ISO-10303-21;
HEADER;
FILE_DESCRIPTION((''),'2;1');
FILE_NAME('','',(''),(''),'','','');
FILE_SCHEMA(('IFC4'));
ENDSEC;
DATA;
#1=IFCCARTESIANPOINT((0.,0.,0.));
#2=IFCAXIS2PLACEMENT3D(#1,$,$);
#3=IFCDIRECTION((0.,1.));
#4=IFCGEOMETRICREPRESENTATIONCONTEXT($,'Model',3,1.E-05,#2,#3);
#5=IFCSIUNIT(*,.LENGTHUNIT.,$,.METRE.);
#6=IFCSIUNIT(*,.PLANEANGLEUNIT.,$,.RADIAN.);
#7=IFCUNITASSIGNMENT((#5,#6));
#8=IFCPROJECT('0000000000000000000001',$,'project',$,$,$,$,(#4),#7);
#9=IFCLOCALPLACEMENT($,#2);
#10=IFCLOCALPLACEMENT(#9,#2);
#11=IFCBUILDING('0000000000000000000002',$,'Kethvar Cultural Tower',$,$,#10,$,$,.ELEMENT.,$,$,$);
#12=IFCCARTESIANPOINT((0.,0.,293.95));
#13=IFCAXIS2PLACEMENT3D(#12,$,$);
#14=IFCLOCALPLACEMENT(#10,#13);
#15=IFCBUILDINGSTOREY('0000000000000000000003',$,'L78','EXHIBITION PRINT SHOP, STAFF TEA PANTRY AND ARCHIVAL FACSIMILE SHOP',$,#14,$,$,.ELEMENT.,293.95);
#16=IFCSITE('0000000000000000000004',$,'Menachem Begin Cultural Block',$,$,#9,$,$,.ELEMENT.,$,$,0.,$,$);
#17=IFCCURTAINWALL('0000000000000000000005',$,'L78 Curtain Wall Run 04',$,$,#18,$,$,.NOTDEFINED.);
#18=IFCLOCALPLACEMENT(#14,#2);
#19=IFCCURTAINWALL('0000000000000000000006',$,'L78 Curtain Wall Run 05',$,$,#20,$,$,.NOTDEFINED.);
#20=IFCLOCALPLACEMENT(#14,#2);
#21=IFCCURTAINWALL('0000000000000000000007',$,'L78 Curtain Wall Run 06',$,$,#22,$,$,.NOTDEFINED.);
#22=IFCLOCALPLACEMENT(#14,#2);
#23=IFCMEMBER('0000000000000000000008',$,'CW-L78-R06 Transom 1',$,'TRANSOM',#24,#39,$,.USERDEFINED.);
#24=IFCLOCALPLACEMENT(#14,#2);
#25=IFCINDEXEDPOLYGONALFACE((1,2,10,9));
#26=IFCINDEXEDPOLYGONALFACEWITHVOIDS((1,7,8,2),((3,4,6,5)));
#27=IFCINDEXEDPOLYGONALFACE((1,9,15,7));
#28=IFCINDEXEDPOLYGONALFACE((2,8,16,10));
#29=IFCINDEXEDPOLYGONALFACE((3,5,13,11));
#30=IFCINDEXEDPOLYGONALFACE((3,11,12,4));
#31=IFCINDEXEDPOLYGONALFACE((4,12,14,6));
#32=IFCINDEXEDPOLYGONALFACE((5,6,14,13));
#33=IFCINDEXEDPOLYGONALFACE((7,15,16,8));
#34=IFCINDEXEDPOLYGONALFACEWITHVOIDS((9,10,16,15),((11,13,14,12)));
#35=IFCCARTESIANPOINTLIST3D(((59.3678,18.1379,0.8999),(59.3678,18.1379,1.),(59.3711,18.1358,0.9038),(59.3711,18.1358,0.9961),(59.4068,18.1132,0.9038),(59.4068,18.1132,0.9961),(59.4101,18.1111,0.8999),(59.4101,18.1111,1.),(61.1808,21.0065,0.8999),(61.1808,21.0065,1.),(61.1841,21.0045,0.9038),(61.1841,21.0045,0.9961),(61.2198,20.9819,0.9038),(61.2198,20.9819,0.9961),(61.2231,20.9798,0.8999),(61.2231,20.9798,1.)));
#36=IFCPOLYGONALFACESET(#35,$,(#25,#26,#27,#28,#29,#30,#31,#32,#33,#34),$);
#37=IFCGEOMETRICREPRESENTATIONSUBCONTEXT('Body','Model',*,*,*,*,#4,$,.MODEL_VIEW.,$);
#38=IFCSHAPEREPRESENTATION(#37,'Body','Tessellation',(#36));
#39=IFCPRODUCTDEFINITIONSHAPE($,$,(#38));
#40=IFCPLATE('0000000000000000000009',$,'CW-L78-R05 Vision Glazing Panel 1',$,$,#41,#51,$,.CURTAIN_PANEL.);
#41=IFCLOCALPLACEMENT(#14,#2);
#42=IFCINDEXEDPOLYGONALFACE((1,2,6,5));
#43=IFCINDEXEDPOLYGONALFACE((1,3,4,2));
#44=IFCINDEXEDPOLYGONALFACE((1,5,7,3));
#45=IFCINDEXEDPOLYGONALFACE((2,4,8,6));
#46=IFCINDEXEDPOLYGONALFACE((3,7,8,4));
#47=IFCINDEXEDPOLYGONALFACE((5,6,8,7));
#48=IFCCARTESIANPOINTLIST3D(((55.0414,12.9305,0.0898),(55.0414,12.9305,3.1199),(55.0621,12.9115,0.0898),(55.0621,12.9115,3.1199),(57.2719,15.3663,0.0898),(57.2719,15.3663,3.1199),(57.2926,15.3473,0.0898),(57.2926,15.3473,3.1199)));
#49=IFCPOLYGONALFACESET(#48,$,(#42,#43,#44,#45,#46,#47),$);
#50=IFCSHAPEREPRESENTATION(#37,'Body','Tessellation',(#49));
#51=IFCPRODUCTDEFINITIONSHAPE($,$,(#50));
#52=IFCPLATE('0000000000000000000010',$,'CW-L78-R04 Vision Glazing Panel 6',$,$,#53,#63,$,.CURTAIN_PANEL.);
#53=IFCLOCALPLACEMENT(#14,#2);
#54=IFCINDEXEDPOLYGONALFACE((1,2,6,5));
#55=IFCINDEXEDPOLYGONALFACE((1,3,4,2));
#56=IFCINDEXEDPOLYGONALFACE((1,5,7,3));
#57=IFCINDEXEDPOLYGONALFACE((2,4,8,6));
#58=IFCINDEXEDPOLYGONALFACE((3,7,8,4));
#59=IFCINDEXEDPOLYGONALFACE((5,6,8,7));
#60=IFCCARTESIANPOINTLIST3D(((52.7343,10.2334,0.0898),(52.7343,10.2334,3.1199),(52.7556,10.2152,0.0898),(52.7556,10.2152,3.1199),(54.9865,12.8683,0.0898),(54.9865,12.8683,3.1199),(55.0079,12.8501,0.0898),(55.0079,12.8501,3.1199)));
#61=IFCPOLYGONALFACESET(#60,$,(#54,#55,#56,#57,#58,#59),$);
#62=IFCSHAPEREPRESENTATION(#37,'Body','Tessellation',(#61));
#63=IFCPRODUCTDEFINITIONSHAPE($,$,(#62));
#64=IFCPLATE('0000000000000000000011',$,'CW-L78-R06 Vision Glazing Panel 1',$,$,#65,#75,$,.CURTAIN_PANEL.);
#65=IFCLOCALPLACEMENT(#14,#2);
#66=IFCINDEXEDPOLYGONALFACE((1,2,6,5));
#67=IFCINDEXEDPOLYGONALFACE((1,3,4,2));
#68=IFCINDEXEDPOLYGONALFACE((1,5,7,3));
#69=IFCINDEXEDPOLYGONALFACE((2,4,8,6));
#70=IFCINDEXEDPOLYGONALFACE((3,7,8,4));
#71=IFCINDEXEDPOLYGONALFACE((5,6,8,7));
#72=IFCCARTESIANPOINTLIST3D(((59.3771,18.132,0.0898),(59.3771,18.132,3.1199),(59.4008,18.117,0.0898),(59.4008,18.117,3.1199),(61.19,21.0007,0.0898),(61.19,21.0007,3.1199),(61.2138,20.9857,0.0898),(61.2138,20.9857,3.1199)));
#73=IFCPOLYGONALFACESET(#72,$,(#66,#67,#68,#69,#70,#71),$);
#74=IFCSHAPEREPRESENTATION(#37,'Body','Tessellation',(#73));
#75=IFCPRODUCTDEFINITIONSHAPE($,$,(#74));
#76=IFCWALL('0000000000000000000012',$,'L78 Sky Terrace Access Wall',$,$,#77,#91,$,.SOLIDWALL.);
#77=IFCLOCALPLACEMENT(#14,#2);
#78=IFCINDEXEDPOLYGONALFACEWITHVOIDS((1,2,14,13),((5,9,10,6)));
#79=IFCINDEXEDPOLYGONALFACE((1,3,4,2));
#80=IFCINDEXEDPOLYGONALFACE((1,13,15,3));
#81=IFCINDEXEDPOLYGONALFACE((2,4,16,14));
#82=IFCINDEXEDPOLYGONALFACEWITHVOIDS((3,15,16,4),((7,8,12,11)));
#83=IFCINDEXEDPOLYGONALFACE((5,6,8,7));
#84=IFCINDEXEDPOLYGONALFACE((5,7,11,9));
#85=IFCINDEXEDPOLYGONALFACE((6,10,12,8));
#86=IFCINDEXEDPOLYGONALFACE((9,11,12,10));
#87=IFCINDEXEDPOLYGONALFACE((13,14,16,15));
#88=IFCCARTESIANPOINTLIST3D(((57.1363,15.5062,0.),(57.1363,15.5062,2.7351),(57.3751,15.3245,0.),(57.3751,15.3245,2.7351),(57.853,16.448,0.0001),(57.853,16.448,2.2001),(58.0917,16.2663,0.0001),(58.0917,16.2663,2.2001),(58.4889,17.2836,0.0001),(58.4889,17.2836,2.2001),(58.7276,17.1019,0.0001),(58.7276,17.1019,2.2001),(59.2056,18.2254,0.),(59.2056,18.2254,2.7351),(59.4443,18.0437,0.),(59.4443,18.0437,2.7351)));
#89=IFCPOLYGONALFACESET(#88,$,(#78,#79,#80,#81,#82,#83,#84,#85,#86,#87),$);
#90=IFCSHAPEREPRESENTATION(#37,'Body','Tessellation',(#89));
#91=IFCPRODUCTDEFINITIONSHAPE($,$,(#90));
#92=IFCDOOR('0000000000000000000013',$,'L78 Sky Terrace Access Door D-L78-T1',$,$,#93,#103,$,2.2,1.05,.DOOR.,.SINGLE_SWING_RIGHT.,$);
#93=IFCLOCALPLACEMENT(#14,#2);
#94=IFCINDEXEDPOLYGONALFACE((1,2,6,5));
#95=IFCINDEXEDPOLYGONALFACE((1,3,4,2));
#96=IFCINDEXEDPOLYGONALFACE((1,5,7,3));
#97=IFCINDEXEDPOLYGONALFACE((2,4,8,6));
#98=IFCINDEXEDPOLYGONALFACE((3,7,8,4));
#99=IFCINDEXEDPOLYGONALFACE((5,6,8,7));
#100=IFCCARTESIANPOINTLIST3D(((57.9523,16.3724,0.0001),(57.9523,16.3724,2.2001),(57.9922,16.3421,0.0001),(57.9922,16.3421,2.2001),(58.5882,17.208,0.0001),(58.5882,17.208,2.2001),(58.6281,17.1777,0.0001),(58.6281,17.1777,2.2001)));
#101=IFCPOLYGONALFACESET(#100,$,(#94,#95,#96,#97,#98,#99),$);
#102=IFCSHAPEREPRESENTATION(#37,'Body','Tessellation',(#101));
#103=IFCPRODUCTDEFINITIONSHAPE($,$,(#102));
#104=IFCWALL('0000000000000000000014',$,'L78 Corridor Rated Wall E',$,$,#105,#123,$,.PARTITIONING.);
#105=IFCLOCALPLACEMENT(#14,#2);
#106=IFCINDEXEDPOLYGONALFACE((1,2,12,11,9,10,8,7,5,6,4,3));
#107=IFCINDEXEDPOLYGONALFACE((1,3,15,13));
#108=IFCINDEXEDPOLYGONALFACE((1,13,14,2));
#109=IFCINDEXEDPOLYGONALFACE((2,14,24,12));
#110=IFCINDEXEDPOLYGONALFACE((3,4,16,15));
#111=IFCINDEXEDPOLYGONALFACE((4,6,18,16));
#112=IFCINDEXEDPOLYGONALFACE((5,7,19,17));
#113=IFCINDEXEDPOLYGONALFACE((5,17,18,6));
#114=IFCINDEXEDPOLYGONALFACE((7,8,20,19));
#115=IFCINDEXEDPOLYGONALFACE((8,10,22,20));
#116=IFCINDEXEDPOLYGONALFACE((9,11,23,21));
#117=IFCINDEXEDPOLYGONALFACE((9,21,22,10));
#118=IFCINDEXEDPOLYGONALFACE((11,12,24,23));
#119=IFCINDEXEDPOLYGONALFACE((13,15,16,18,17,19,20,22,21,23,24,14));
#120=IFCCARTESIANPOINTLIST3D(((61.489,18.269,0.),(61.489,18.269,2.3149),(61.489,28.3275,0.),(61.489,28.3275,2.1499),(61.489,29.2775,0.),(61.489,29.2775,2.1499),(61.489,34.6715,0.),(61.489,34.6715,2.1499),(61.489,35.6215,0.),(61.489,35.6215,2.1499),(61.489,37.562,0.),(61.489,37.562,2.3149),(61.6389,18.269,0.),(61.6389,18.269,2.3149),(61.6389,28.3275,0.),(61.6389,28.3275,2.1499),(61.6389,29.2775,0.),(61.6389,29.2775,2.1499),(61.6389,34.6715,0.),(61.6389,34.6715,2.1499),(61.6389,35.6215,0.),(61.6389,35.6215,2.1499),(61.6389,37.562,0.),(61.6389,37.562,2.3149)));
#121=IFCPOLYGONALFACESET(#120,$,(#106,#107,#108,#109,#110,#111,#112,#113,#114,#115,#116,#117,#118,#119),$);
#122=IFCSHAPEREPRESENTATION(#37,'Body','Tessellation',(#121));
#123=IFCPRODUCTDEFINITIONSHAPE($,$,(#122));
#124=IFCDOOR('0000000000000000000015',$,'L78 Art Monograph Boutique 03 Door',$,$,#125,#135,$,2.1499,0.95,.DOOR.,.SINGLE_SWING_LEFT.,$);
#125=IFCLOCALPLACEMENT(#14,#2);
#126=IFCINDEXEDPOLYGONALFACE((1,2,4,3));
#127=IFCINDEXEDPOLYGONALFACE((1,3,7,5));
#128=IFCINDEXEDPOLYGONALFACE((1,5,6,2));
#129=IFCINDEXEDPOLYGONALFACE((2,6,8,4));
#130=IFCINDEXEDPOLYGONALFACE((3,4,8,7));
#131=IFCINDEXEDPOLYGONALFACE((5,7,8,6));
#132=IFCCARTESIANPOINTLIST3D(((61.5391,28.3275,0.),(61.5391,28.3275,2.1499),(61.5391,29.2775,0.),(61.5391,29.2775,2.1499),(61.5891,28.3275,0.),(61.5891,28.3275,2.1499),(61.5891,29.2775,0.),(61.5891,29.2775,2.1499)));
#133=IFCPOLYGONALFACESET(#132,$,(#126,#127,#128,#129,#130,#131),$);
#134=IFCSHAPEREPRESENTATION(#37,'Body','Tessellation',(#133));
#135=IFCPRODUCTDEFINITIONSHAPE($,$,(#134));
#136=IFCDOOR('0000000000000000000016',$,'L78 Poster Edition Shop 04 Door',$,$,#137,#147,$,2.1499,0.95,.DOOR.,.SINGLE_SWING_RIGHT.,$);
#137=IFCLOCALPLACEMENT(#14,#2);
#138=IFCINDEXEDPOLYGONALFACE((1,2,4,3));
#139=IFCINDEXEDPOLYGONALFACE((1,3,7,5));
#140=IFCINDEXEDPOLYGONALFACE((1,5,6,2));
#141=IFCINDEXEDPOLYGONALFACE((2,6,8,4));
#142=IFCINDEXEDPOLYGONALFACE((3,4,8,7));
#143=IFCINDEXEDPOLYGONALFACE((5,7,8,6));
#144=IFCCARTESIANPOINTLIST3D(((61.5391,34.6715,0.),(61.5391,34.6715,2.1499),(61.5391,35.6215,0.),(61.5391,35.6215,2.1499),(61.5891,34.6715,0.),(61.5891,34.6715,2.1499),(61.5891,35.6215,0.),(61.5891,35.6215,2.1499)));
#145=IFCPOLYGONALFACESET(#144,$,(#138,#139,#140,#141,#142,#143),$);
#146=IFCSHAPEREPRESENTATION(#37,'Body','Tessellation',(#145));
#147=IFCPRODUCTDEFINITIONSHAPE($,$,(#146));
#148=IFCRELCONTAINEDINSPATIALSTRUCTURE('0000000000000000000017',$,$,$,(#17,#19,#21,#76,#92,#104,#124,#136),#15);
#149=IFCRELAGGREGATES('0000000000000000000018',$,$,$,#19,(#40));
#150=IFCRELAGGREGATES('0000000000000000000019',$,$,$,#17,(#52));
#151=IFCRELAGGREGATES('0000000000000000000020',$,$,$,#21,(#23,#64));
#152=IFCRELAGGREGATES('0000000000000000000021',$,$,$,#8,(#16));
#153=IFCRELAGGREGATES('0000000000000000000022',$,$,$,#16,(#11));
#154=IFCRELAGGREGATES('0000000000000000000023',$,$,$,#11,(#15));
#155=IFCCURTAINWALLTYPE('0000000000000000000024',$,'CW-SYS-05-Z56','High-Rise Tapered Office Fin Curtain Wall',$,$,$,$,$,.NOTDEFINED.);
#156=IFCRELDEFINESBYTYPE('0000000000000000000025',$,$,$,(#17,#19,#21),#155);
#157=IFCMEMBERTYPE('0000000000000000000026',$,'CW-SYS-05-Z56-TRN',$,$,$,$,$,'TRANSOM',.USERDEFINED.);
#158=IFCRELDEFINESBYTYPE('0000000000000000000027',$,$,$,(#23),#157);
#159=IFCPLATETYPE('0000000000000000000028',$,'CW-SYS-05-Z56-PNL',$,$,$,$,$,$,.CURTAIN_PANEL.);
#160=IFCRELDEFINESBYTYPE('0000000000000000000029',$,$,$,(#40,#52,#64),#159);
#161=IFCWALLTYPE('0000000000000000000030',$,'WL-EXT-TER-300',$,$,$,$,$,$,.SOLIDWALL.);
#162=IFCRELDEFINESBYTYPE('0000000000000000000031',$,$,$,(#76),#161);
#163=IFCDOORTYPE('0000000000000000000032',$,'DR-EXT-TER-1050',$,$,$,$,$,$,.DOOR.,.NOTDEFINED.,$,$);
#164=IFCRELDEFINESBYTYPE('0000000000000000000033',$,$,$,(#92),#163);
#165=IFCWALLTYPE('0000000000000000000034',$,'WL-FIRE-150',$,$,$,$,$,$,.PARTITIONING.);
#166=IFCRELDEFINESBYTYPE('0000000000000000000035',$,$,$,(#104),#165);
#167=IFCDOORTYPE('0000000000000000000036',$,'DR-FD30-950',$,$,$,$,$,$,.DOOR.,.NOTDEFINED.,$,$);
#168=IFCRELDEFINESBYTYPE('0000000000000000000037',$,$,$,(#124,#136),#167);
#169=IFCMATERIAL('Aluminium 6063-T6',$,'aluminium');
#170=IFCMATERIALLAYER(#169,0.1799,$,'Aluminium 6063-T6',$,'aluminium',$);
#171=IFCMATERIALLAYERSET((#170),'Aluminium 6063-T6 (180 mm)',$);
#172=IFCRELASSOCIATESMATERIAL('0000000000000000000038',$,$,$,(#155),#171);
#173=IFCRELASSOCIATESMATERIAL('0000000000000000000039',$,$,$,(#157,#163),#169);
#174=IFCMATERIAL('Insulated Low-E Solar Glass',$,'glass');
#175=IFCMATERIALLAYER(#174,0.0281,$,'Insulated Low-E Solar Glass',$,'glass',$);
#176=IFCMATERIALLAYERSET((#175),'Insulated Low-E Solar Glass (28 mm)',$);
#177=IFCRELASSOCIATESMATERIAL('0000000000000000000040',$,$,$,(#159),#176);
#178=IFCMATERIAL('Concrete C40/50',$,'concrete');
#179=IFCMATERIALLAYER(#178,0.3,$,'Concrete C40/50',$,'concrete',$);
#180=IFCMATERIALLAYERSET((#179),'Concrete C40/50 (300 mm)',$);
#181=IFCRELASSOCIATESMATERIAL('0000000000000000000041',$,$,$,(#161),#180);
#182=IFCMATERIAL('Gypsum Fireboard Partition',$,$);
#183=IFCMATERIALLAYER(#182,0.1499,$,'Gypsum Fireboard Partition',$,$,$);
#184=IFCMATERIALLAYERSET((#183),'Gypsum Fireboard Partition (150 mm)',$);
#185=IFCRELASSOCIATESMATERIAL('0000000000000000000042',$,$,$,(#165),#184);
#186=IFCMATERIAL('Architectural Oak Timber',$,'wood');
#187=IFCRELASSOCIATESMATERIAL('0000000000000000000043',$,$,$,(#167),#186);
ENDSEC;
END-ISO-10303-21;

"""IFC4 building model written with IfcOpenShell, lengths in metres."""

from ifc_helpers import new_model, si_unit, direction, frame, frame_2d, origin, origin_2d, place, context, subcontext, project, spatial, rectangle, hollow_rectangle, extrude, source, transform, mapped, material, layer, layer_set, material_profile, profile_set, type_object, element, fill, aggregate, save


model = new_model("IFC4")

# Units and contexts
model_context = context("Model", 3, precision=1e-05, world=origin(), true_north=direction((0.0, 1.0)))
body_context = subcontext(model_context, "Body", "Model", "MODEL_VIEW")
ifc_project = project(units=[si_unit("LENGTHUNIT", "METRE"), si_unit("PLANEANGLEUNIT", "RADIAN")], contexts=[model_context])

# Site, building, storey
site_placement = place(None, origin())
site = spatial("IfcSite", under=ifc_project, at=site_placement, Name="Menachem Begin Cultural Block", CompositionType="ELEMENT", RefElevation=0.0)
building_placement = place(site_placement, origin())
building = spatial("IfcBuilding", under=site, at=building_placement, Name="Kethvar Cultural Tower", CompositionType="ELEMENT")
storey_placement = place(building_placement, frame((0.0, 0.0, 293.95)))
storey = spatial("IfcBuildingStorey", under=building, at=storey_placement, Name="L78", Description="EXHIBITION PRINT SHOP, STAFF TEA PANTRY AND ARCHIVAL FACSIMILE SHOP", CompositionType="ELEMENT", Elevation=293.95)

# Curtain wall
ifc_material_1 = material(Name="Aluminium 6063-T6", Category="aluminium")
ifc_layer_1 = layer(ifc_material_1, 0.1799, Name="Aluminium 6063-T6", Category="aluminium")
ifc_layer_set_1 = layer_set([ifc_layer_1], Name="Aluminium 6063-T6 (180 mm)")
curtain_wall_type = type_object("IfcCurtainWallType", Name="CW-SYS-05-Z56", Description="High-Rise Tapered Office Fin Curtain Wall", PredefinedType="NOTDEFINED", material=ifc_layer_set_1)
curtain_wall_1_placement = place(storey_placement, origin())
curtain_wall_1 = element("IfcCurtainWall", 1, at=curtain_wall_1_placement, inside=storey, type_object=curtain_wall_type, Name="L78 Curtain Wall Run 04", PredefinedType="NOTDEFINED")

# Curtain wall
curtain_wall_2_placement = place(storey_placement, origin())
curtain_wall_2 = element("IfcCurtainWall", 2, at=curtain_wall_2_placement, inside=storey, type_object=curtain_wall_type, Name="L78 Curtain Wall Run 05", PredefinedType="NOTDEFINED")

# Curtain wall
curtain_wall_3_placement = place(storey_placement, origin())
curtain_wall_3 = element("IfcCurtainWall", 3, at=curtain_wall_3_placement, inside=storey, type_object=curtain_wall_type, Name="L78 Curtain Wall Run 06", PredefinedType="NOTDEFINED")

# Member
ifc_material_profile_1 = material_profile(ifc_material_1, hollow_rectangle(XDim=0.05, YDim=0.1001, WallThickness=0.0039, at=origin_2d()), Name="Aluminium 6063-T6 — RHS100x50x4")
ifc_profile_set_1 = profile_set([ifc_material_profile_1], Name="Aluminium 6063-T6 — RHS100x50x4")
member_type_1 = type_object("IfcMemberType", Name="CW-SYS-05-Z56-TRN", ElementType="TRANSOM", PredefinedType="USERDEFINED", material=ifc_profile_set_1)
shared_shape_1 = source(origin(), body_context, "Body", "SweptSolid", [
    extrude(hollow_rectangle(XDim=0.05, YDim=0.1001, WallThickness=0.0039, at=origin_2d()), origin(), (0.0, 0.0, 1.0), 3.3936),
])
member_1_placement = place(storey_placement, frame((59.3889, 18.1245, 0.95), z_axis=(0.534247, 0.845328, 0.0), x_axis=(-0.845328, 0.534247, 0.0)))
member_1 = element("IfcMember", 4, at=member_1_placement, type_object=member_type_1, Name="CW-L78-R06 Transom 1", ObjectType="TRANSOM", PredefinedType="USERDEFINED", context=body_context, shape_type="MappedRepresentation", body=[
    mapped(shared_shape_1, transform((0.0, 0.0, 0.0), scale=1.0)),
])

# Plates
ifc_material_2 = material(Name="Insulated Low-E Solar Glass", Category="glass")
ifc_layer_2 = layer(ifc_material_2, 0.0281, Name="Insulated Low-E Solar Glass", Category="glass")
ifc_layer_set_2 = layer_set([ifc_layer_2], Name="Insulated Low-E Solar Glass (28 mm)")
plate_type = type_object("IfcPlateType", Name="CW-SYS-05-Z56-PNL", PredefinedType="CURTAIN_PANEL", material=ifc_layer_set_2)
shared_shape_2 = source(origin(), body_context, "Body", "SweptSolid", [
    extrude(rectangle(XDim=3.3027, YDim=0.0281, at=origin_2d()), origin(), (0.0, 0.0, 1.0), 3.03),
])
plate_1_placement = place(storey_placement, frame((56.167, 14.1389, 0.0898), z_axis=(0.0, 0.0, 1.0), x_axis=(0.675333, 0.737513, 0.0)))
plate_1 = element("IfcPlate", 5, at=plate_1_placement, type_object=plate_type, Name="CW-L78-R05 Vision Glazing Panel 1", PredefinedType="CURTAIN_PANEL", context=body_context, shape_type="MappedRepresentation", body=[
    mapped(shared_shape_2, transform((0.0, 0.0, 0.0), scale=1.0)),
])
aggregate(curtain_wall_2, [plate_1])
shared_shape_3 = source(origin(), body_context, "Body", "SweptSolid", [
    extrude(rectangle(XDim=3.4663, YDim=0.0281, at=origin_2d()), origin(), (0.0, 0.0, 1.0), 3.03),
])
plate_2_placement = place(storey_placement, frame((53.8711, 11.5417, 0.0898), z_axis=(0.0, 0.0, 1.0), x_axis=(0.649753, 0.760145, 0.0)))
plate_2 = element("IfcPlate", 6, at=plate_2_placement, type_object=plate_type, Name="CW-L78-R04 Vision Glazing Panel 6", PredefinedType="CURTAIN_PANEL", context=body_context, shape_type="MappedRepresentation", body=[
    mapped(shared_shape_3, transform((0.0, 0.0, 0.0), scale=1.0)),
])
aggregate(curtain_wall_1, [plate_2])
shared_shape_4 = source(origin(), body_context, "Body", "SweptSolid", [
    extrude(rectangle(XDim=3.3936, YDim=0.0281, at=origin_2d()), origin(), (0.0, 0.0, 1.0), 3.03),
])
plate_3_placement = place(storey_placement, frame((60.2954, 19.5588, 0.0898), z_axis=(0.0, 0.0, 1.0), x_axis=(0.534234, 0.845336, 0.0)))
plate_3 = element("IfcPlate", 7, at=plate_3_placement, type_object=plate_type, Name="CW-L78-R06 Vision Glazing Panel 1", PredefinedType="CURTAIN_PANEL", context=body_context, shape_type="MappedRepresentation", body=[
    mapped(shared_shape_4, transform((0.0, 0.0, 0.0), scale=1.0)),
])
aggregate(curtain_wall_3, [member_1, plate_3])

# Wall, opening, door
ifc_material_3 = material(Name="Concrete C40/50", Category="concrete")
ifc_layer_3 = layer(ifc_material_3, 0.3, Name="Concrete C40/50", Category="concrete")
ifc_layer_set_3 = layer_set([ifc_layer_3], Name="Concrete C40/50 (300 mm)")
wall_type_1 = type_object("IfcWallType", Name="WL-EXT-TER-300", PredefinedType="SOLIDWALL", material=ifc_layer_set_3)
wall_1_placement = place(storey_placement, frame((59.325, 18.1345, 0.0), z_axis=(0.0, 0.0, 1.0), x_axis=(-0.605587, -0.795779, 0.0)))
wall_1 = element("IfcWall", 8, at=wall_1_placement, inside=storey, type_object=wall_type_1, Name="L78 Sky Terrace Access Wall", PredefinedType="SOLIDWALL", context=body_context, shape_type="SweptSolid", body=[
    extrude(rectangle(XDim=3.417, YDim=0.3, at=frame_2d((1.7085, 0.0))), origin(), (0.0, 0.0, 1.0), 2.7351),
])
opening_1_placement = place(wall_1_placement, frame((1.1836, 0.0, 0.0)))
opening_1 = element("IfcOpeningElement", 9, at=opening_1_placement, cuts=wall_1, PredefinedType="OPENING", context=body_context, shape_type="SweptSolid", body=[
    extrude(rectangle(XDim=1.05, YDim=2.2, at=frame_2d((0.5249, 1.1001))), frame((0.0, 0.1599, 0.0), z_axis=(0.0, -1.0, 0.0), x_axis=(1.0, 0.0, 0.0)), (0.0, 0.0, 1.0), 0.3201),
])
door_type_1 = type_object("IfcDoorType", Name="DR-EXT-TER-1050", OperationType="NOTDEFINED", PredefinedType="DOOR", material=ifc_material_1)
shared_shape_5 = source(origin(), body_context, "Body", "SweptSolid", [
    extrude(rectangle(XDim=1.05, YDim=2.2, at=frame_2d((0.5249, 1.1001))), frame((0.0, 0.0249, 0.0), z_axis=(0.0, -1.0, 0.0), x_axis=(1.0, 0.0, 0.0)), (0.0, 0.0, 1.0), 0.05),
])
door_1_placement = place(opening_1_placement, origin())
door_1 = element("IfcDoor", 10, at=door_1_placement, inside=storey, type_object=door_type_1, Name="L78 Sky Terrace Access Door D-L78-T1", OperationType="SINGLE_SWING_RIGHT", OverallHeight=2.2, OverallWidth=1.05, PredefinedType="DOOR", context=body_context, shape_type="MappedRepresentation", body=[
    mapped(shared_shape_5, transform((0.0, 0.0, 0.0), scale=1.0)),
])
fill(opening_1, door_1)

# Wall, openings, doors
ifc_material_4 = material(Name="Gypsum Fireboard Partition")
ifc_layer_4 = layer(ifc_material_4, 0.1499, Name="Gypsum Fireboard Partition")
ifc_layer_set_4 = layer_set([ifc_layer_4], Name="Gypsum Fireboard Partition (150 mm)")
wall_type_2 = type_object("IfcWallType", Name="WL-FIRE-150", PredefinedType="PARTITIONING", material=ifc_layer_set_4)
wall_2_placement = place(storey_placement, frame((61.564, 18.269, 0.0), z_axis=(0.0, 0.0, 1.0), x_axis=(0.0, 1.0, 0.0)))
wall_2 = element("IfcWall", 11, at=wall_2_placement, inside=storey, type_object=wall_type_2, Name="L78 Corridor Rated Wall E", PredefinedType="PARTITIONING", context=body_context, shape_type="SweptSolid", body=[
    extrude(rectangle(XDim=19.293, YDim=0.1499, at=frame_2d((9.6465, 0.0))), origin(), (0.0, 0.0, 1.0), 2.3149),
])
opening_2_placement = place(wall_2_placement, frame((10.0583, 0.0, 0.0)))
opening_2 = element("IfcOpeningElement", 12, at=opening_2_placement, cuts=wall_2, PredefinedType="OPENING", context=body_context, shape_type="SweptSolid", body=[
    extrude(rectangle(XDim=0.95, YDim=2.1499, at=frame_2d((0.4751, 1.075))), frame((0.0, 0.085, 0.0), z_axis=(0.0, -1.0, 0.0), x_axis=(1.0, 0.0, 0.0)), (0.0, 0.0, 1.0), 0.1699),
])
opening_3_placement = place(wall_2_placement, frame((16.4023, 0.0, 0.0)))
opening_3 = element("IfcOpeningElement", 13, at=opening_3_placement, cuts=wall_2, PredefinedType="OPENING", context=body_context, shape_type="SweptSolid", body=[
    extrude(rectangle(XDim=0.95, YDim=2.1499, at=frame_2d((0.4751, 1.075))), frame((0.0, 0.085, 0.0), z_axis=(0.0, -1.0, 0.0), x_axis=(1.0, 0.0, 0.0)), (0.0, 0.0, 1.0), 0.1699),
])
ifc_material_5 = material(Name="Architectural Oak Timber", Category="wood")
door_type_2 = type_object("IfcDoorType", Name="DR-FD30-950", OperationType="NOTDEFINED", PredefinedType="DOOR", material=ifc_material_5)
shared_shape_6 = source(origin(), body_context, "Body", "SweptSolid", [
    extrude(rectangle(XDim=0.95, YDim=2.1499, at=frame_2d((0.4751, 1.075))), frame((0.0, 0.0249, 0.0), z_axis=(0.0, -1.0, 0.0), x_axis=(1.0, 0.0, 0.0)), (0.0, 0.0, 1.0), 0.05),
])
door_2_placement = place(opening_2_placement, origin())
door_2 = element("IfcDoor", 14, at=door_2_placement, inside=storey, type_object=door_type_2, Name="L78 Art Monograph Boutique 03 Door", OperationType="SINGLE_SWING_LEFT", OverallHeight=2.1499, OverallWidth=0.95, PredefinedType="DOOR", context=body_context, shape_type="MappedRepresentation", body=[
    mapped(shared_shape_6, transform((0.0, 0.0, 0.0), scale=1.0)),
])
fill(opening_2, door_2)
door_3_placement = place(opening_3_placement, origin())
door_3 = element("IfcDoor", 15, at=door_3_placement, inside=storey, type_object=door_type_2, Name="L78 Poster Edition Shop 04 Door", OperationType="SINGLE_SWING_RIGHT", OverallHeight=2.1499, OverallWidth=0.95, PredefinedType="DOOR", context=body_context, shape_type="MappedRepresentation", body=[
    mapped(shared_shape_6, transform((0.0, 0.0, 0.0), scale=1.0)),
])
fill(opening_3, door_3)

save(model, "model.ifc")
